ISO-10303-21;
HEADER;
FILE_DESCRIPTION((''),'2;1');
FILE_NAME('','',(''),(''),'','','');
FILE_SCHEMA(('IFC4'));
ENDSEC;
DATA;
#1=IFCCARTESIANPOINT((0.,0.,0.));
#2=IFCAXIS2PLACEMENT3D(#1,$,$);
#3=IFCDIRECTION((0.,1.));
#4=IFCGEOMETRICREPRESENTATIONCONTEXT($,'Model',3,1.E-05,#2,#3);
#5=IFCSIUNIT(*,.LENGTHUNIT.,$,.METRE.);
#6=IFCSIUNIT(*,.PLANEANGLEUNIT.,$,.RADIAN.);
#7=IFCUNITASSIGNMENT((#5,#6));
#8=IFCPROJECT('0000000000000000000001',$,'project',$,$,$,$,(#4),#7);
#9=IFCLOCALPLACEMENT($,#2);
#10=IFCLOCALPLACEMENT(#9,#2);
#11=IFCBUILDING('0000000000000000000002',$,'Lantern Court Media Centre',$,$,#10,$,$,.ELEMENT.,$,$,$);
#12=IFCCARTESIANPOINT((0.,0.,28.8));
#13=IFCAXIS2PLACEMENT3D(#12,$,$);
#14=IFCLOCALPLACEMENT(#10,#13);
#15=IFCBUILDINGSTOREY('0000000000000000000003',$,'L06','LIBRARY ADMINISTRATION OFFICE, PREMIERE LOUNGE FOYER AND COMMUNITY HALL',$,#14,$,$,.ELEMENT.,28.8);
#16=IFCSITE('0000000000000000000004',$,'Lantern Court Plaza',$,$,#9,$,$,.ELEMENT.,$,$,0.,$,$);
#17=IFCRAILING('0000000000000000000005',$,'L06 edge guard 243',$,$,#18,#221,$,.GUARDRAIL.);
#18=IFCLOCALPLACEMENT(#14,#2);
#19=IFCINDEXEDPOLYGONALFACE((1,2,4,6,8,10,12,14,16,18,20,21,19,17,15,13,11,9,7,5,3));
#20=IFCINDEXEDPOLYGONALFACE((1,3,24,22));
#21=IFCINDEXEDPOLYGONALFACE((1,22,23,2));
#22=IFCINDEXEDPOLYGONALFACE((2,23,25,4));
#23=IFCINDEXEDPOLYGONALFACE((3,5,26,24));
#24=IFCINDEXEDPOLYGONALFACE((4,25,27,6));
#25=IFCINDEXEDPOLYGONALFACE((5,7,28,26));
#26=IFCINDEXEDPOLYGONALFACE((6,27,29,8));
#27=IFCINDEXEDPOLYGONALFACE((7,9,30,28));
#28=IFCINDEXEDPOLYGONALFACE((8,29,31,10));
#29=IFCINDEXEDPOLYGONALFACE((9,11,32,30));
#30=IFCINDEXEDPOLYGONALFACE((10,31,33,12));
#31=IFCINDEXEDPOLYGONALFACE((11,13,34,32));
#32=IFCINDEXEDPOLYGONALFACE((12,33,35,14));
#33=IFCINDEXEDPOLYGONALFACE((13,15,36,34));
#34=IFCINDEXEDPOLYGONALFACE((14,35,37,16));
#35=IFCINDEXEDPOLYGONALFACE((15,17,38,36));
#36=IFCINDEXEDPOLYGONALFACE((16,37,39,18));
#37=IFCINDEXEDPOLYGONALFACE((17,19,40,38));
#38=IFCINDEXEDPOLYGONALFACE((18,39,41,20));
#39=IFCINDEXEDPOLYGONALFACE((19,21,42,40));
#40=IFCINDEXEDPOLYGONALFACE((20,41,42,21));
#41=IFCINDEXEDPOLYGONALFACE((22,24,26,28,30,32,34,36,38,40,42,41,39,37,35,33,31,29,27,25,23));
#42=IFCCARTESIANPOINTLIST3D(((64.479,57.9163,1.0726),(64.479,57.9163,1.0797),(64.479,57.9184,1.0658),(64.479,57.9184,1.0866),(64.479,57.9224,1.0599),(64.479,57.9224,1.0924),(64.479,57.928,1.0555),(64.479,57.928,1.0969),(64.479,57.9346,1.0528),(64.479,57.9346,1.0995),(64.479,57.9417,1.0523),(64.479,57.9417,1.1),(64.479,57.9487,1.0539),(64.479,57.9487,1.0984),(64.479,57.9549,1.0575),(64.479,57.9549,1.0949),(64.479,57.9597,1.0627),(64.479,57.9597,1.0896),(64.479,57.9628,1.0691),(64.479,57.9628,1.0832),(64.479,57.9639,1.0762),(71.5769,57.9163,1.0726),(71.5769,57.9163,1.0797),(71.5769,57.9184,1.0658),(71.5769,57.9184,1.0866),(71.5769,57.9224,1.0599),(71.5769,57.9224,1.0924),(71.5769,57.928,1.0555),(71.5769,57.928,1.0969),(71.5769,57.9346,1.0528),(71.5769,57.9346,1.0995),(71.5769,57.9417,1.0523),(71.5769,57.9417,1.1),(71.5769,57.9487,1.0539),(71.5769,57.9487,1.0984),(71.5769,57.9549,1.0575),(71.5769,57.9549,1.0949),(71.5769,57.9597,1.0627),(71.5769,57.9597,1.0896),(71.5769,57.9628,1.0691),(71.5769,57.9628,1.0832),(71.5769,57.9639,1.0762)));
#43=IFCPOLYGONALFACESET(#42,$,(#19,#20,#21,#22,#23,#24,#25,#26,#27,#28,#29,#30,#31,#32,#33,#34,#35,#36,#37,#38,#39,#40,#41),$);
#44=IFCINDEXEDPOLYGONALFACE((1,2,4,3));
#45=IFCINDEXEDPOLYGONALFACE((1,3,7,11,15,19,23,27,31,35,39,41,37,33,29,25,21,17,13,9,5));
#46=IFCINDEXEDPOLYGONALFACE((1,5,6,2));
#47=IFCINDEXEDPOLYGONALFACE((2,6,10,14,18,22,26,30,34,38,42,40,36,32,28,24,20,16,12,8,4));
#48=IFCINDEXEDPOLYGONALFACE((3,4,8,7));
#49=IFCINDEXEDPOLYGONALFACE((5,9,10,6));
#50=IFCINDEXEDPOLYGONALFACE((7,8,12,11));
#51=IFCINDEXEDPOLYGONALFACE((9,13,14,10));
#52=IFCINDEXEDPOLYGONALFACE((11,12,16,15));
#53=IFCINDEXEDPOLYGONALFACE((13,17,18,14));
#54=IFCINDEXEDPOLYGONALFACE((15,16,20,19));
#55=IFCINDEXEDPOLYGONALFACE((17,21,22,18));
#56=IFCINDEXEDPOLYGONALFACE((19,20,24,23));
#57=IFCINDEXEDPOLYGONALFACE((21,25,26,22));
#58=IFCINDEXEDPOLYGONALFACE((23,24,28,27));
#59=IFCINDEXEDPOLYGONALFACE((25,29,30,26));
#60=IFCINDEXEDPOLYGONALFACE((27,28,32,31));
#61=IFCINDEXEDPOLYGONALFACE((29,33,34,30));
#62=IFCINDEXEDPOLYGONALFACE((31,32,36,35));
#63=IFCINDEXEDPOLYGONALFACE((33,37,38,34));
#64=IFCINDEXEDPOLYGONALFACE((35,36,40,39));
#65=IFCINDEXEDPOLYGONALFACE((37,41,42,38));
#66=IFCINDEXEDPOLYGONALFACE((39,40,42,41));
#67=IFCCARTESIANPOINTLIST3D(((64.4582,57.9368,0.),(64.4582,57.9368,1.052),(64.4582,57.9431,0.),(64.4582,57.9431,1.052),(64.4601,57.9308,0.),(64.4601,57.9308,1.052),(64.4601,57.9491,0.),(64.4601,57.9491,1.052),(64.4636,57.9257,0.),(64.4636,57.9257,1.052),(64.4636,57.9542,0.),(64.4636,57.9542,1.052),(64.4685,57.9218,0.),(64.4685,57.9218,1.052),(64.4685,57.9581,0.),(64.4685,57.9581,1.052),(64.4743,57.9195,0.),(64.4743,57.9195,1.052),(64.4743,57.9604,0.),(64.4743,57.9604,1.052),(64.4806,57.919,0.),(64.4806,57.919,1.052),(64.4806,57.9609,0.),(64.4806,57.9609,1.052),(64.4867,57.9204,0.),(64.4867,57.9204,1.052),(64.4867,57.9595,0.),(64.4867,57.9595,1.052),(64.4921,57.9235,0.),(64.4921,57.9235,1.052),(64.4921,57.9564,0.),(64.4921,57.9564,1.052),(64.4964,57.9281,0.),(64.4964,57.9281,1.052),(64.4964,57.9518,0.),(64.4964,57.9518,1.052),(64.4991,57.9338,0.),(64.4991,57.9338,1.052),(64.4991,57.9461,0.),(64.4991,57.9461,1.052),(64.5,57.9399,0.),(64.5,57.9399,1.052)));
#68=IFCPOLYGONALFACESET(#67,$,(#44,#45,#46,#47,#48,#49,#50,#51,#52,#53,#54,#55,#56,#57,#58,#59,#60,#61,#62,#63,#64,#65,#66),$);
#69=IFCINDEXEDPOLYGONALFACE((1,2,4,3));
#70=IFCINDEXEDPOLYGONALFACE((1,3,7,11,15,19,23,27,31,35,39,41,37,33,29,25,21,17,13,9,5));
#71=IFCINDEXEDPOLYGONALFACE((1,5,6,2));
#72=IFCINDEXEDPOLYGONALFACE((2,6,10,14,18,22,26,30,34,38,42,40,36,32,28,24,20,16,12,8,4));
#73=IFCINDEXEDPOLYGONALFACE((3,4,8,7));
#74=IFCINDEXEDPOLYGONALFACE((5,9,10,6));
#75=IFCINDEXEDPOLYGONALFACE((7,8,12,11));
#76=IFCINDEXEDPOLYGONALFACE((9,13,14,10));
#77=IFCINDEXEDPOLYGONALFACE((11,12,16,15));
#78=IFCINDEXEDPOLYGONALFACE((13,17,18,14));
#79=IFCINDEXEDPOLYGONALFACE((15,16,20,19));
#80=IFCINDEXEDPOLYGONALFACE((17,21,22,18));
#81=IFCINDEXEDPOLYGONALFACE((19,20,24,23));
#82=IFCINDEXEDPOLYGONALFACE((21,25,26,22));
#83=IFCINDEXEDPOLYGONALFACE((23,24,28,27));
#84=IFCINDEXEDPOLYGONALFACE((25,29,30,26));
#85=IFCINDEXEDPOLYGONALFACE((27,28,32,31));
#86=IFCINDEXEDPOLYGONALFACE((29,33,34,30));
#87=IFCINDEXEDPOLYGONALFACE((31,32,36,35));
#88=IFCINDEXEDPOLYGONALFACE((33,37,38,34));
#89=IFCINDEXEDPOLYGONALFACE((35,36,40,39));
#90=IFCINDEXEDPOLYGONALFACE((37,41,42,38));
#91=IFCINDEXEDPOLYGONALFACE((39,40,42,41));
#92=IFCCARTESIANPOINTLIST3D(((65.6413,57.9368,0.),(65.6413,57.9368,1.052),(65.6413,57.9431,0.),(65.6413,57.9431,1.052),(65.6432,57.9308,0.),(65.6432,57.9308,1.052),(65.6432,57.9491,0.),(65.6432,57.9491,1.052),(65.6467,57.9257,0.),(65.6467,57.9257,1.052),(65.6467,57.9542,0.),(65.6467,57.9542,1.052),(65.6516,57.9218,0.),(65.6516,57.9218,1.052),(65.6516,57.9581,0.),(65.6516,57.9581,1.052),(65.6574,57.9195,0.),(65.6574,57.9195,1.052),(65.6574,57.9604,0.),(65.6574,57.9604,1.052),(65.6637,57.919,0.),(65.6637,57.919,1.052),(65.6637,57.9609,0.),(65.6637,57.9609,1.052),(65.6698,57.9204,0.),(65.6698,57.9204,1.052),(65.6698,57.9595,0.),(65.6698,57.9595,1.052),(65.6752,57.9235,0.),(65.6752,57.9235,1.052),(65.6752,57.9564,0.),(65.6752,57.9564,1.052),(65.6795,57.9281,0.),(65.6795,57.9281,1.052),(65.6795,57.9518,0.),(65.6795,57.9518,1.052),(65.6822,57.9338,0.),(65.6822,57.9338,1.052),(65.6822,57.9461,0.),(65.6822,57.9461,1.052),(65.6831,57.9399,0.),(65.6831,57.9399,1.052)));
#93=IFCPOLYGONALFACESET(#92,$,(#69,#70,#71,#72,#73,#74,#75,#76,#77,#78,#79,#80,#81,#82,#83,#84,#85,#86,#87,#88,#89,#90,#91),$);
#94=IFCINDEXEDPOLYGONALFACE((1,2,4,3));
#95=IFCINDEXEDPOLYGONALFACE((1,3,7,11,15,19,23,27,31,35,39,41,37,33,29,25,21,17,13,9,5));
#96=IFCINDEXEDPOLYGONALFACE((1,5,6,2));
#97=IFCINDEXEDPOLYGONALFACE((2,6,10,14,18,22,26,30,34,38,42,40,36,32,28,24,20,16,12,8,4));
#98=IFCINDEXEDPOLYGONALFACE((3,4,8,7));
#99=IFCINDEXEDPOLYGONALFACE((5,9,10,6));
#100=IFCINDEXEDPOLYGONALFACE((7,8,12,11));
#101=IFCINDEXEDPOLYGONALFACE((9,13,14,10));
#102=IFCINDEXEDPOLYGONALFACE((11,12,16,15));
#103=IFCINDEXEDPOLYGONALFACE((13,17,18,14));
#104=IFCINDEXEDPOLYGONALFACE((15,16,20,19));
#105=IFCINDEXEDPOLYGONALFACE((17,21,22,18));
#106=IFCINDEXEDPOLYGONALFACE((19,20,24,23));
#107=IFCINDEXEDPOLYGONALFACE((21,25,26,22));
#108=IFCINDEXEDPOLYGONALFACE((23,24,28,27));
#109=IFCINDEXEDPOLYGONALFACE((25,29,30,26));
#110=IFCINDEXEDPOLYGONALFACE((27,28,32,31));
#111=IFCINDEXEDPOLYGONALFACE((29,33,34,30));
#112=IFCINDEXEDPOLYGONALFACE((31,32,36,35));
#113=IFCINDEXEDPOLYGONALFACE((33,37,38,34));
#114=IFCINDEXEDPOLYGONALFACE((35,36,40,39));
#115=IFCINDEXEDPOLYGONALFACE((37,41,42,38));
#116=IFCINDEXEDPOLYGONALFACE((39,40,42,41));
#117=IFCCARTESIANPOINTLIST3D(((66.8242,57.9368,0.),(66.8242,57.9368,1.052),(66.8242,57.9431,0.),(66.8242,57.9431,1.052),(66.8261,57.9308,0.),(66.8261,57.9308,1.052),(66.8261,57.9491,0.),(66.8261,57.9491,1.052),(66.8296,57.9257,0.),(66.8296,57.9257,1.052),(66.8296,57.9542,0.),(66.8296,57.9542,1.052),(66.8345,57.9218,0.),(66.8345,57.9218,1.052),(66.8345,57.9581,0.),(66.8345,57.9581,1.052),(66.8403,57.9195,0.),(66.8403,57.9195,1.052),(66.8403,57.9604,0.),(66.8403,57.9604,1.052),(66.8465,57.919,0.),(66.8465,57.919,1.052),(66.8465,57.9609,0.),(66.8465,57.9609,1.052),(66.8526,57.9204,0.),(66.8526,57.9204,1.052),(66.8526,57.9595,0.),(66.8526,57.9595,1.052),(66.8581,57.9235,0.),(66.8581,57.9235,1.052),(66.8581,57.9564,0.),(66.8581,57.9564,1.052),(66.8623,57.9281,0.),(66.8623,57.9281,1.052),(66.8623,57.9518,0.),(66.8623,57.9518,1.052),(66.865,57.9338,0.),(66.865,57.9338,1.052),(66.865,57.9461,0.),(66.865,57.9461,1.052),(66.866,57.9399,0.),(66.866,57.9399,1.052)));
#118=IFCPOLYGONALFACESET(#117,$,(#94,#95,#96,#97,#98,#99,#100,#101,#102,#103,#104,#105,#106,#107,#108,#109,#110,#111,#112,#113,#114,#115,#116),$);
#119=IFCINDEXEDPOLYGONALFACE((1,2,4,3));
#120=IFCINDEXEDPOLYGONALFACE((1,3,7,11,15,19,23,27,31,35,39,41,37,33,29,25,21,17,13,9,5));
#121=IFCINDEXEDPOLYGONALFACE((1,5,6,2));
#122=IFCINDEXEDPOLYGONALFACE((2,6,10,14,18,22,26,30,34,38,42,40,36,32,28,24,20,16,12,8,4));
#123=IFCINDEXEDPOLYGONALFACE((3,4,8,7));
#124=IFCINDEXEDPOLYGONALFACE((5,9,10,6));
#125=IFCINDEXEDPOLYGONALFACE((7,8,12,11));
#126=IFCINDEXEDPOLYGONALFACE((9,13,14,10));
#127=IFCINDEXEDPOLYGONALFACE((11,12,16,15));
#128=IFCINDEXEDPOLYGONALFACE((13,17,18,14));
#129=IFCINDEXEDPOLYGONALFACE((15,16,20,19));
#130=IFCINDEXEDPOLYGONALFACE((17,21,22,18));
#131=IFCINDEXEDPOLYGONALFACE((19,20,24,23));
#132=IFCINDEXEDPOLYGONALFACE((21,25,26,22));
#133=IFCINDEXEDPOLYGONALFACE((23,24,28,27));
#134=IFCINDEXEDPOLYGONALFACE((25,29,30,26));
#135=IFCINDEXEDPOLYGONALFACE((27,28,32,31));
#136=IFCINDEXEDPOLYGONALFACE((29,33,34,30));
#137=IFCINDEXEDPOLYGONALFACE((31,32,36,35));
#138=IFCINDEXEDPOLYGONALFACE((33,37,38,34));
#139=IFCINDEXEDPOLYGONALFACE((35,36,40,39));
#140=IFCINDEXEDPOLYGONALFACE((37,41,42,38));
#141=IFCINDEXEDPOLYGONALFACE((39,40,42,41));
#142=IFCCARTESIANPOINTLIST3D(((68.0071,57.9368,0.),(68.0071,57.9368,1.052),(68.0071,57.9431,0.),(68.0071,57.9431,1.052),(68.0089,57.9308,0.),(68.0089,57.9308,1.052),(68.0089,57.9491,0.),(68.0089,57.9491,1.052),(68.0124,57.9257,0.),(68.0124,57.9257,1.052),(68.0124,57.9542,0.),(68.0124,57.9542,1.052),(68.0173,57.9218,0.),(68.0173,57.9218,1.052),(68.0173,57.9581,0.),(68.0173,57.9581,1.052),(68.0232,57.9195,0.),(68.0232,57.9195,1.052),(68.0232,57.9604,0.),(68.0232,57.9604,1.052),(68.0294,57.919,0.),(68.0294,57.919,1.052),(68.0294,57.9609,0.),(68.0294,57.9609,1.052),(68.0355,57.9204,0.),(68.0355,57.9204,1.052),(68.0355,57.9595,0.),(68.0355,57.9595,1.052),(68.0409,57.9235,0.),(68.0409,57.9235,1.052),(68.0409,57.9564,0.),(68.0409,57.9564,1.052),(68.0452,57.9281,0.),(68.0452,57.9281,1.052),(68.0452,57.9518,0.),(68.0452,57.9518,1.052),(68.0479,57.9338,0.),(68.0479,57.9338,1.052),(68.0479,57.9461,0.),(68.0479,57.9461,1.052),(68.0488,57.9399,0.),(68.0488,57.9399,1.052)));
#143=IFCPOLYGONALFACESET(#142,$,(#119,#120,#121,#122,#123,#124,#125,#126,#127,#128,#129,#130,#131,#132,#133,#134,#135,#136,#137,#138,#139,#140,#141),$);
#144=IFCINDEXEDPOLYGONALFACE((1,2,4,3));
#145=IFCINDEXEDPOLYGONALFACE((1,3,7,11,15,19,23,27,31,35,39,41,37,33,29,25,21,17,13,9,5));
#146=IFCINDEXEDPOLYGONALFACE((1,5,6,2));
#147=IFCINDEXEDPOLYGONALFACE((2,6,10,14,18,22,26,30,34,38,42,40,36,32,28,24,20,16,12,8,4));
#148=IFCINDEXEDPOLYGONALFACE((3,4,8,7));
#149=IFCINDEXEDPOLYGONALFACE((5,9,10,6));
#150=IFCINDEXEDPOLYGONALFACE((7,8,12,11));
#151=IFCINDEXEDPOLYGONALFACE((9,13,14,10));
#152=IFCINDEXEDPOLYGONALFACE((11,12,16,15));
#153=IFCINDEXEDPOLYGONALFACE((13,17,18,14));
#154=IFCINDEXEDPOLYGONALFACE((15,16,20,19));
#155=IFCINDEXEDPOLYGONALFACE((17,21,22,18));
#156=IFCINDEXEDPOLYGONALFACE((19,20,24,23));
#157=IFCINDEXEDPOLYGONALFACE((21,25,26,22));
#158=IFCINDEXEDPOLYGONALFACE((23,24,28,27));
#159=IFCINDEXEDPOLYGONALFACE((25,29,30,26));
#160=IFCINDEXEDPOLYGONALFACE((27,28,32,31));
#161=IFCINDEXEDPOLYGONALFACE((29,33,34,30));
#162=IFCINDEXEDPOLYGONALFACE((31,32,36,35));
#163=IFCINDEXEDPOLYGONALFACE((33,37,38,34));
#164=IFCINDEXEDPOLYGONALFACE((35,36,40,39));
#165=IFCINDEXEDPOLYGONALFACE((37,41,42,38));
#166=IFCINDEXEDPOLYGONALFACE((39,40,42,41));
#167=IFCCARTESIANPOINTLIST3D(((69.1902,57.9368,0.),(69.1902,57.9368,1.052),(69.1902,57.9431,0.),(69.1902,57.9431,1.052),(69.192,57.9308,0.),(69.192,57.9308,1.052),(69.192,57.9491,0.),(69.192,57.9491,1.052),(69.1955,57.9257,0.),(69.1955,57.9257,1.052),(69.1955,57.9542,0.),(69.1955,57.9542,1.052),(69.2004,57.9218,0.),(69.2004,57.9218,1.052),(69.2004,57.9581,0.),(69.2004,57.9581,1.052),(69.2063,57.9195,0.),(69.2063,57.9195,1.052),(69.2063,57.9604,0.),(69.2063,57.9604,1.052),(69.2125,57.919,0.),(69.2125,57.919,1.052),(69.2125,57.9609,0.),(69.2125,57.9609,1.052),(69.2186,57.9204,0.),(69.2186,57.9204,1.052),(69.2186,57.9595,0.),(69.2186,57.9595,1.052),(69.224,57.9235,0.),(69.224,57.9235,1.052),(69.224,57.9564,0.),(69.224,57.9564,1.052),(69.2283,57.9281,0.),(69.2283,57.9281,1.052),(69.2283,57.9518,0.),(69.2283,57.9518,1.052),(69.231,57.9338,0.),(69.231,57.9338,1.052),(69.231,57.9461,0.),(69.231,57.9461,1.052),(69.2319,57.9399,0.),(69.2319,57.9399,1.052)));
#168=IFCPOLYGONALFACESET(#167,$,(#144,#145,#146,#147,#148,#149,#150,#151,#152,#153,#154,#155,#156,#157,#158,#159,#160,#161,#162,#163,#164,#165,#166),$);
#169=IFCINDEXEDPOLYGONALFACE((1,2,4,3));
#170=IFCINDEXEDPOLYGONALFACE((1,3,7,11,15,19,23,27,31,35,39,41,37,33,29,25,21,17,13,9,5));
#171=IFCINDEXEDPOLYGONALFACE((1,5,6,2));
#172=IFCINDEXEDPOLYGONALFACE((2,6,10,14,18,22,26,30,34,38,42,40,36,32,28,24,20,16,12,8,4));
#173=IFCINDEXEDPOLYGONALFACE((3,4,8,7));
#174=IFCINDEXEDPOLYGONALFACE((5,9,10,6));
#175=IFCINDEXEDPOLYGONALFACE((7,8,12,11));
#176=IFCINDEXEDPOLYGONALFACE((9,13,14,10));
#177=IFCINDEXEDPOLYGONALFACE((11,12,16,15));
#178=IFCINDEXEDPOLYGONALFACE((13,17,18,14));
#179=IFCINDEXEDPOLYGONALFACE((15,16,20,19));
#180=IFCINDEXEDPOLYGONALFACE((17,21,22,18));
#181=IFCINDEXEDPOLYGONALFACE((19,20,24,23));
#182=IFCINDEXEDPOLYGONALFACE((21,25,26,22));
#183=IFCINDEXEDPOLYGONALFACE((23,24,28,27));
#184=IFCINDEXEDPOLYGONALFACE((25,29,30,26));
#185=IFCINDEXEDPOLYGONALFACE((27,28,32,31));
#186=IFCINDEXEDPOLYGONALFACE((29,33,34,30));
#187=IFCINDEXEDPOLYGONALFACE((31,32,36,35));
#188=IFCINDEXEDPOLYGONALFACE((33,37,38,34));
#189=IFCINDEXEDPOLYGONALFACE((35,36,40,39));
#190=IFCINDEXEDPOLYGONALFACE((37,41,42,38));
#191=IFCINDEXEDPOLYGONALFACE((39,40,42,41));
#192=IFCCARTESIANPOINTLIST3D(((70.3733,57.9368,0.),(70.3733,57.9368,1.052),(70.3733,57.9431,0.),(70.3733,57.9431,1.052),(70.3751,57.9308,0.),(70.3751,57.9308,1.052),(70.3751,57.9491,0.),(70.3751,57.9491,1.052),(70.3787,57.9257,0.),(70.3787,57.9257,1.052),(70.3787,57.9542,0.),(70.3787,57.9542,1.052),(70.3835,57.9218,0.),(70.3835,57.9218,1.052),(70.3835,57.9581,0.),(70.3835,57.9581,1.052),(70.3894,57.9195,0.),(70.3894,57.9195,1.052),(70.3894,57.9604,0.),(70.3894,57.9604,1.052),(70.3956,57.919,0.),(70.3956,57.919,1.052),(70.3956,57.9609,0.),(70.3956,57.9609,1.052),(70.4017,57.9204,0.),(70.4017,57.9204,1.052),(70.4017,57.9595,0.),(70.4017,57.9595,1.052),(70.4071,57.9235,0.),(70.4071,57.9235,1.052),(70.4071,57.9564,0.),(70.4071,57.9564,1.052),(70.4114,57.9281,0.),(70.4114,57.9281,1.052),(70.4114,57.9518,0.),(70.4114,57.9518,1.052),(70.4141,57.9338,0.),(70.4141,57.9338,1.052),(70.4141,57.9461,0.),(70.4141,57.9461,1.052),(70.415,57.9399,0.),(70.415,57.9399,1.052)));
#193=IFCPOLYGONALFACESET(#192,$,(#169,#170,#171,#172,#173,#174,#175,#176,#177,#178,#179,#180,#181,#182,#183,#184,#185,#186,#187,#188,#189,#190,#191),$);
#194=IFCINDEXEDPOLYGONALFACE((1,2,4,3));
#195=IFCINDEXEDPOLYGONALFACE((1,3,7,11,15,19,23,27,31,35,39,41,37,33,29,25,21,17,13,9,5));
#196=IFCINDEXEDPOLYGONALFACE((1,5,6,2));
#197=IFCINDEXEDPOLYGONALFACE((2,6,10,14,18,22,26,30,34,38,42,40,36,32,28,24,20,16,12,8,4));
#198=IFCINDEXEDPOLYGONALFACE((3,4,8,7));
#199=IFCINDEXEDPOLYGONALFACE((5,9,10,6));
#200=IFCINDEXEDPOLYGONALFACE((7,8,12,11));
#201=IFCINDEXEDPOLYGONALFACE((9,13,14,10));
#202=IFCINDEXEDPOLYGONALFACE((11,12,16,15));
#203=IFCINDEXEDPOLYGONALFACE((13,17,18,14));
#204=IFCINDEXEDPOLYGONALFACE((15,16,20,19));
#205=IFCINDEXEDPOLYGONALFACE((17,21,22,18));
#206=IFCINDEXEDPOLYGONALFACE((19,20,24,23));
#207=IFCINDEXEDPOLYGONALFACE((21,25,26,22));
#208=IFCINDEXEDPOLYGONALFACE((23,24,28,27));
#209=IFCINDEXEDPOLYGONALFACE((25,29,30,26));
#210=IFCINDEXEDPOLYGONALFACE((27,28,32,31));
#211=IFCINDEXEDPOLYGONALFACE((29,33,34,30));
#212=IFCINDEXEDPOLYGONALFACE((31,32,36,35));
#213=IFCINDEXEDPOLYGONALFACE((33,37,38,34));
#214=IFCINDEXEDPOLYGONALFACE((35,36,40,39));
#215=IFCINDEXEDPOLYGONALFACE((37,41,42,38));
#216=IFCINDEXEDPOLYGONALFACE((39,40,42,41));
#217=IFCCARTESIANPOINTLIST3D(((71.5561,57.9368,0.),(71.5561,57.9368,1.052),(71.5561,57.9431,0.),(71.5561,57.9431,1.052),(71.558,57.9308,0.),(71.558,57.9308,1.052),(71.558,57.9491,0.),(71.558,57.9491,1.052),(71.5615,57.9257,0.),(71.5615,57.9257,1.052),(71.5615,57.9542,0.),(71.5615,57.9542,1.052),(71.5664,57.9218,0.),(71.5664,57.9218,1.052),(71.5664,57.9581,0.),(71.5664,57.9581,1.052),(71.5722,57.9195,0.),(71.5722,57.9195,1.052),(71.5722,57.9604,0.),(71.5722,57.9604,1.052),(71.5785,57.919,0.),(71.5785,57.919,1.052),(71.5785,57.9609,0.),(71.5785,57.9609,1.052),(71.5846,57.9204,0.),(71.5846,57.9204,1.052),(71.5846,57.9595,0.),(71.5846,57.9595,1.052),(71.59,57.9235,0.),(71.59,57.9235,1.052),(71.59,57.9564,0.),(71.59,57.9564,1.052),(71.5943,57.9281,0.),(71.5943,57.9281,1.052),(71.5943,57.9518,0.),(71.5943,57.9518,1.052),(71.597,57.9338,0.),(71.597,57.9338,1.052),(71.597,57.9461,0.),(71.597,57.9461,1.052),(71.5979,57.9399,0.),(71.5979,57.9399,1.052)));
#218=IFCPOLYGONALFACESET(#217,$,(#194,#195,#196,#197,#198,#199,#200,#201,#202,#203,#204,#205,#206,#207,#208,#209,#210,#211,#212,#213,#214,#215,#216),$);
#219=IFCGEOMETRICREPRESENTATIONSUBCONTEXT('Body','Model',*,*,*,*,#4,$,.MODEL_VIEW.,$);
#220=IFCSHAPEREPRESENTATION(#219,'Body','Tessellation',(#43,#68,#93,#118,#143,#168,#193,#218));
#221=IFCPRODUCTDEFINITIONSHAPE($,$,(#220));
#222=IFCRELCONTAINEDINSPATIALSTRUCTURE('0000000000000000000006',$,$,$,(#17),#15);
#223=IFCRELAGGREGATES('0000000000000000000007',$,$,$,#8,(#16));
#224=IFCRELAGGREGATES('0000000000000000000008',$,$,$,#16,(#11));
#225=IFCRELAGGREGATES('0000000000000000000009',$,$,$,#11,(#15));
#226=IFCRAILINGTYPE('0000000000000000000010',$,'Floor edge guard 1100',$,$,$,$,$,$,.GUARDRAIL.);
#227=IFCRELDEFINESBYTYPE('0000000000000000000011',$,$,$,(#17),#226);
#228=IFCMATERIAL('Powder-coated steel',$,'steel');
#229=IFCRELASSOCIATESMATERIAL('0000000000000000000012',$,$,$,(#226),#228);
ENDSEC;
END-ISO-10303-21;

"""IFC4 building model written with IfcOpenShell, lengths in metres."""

from ifc_helpers import new_model, si_unit, direction, frame, origin, origin_2d, place, context, subcontext, project, spatial, circle, extrude, material, type_object, element, save


model = new_model("IFC4")

# Units and contexts
model_context = context("Model", 3, precision=1e-05, world=origin(), true_north=direction((0.0, 1.0)))
body_context = subcontext(model_context, "Body", "Model", "MODEL_VIEW")
ifc_project = project(units=[si_unit("LENGTHUNIT", "METRE"), si_unit("PLANEANGLEUNIT", "RADIAN")], contexts=[model_context])

# Site, building, storey
site_placement = place(None, origin())
site = spatial("IfcSite", under=ifc_project, at=site_placement, Name="Lantern Court Plaza", CompositionType="ELEMENT", RefElevation=0.0)
building_placement = place(site_placement, origin())
building = spatial("IfcBuilding", under=site, at=building_placement, Name="Lantern Court Media Centre", CompositionType="ELEMENT")
storey_placement = place(building_placement, frame((0.0, 0.0, 28.8)))
storey = spatial("IfcBuildingStorey", under=building, at=storey_placement, Name="L06", Description="LIBRARY ADMINISTRATION OFFICE, PREMIERE LOUNGE FOYER AND COMMUNITY HALL", CompositionType="ELEMENT", Elevation=28.8)

# Railing
ifc_material_1 = material(Name="Powder-coated steel", Category="steel")
railing_type = type_object("IfcRailingType", Name="Floor edge guard 1100", PredefinedType="GUARDRAIL", material=ifc_material_1)
railing_placement = place(storey_placement, frame((64.479, 57.9399, 0.0)))
element("IfcRailing", 1, at=railing_placement, inside=storey, type_object=railing_type, Name="L06 edge guard 243", PredefinedType="GUARDRAIL", context=body_context, shape_type="SweptSolid", body=[
    extrude(circle(Radius=0.0239, at=origin_2d()), frame((0.0, 0.0, 1.0762), z_axis=(1.0, 0.0, 0.0), x_axis=(0.0, 1.0, 0.0)), (0.0, 0.0, 1.0), 7.0979),
    extrude(circle(Radius=0.021, at=origin_2d()), origin(), (0.0, 0.0, 1.0), 1.052),
    extrude(circle(Radius=0.021, at=origin_2d()), frame((1.1831, 0.0, 0.0)), (0.0, 0.0, 1.0), 1.052),
    extrude(circle(Radius=0.021, at=origin_2d()), frame((2.366, 0.0, 0.0)), (0.0, 0.0, 1.0), 1.052),
    extrude(circle(Radius=0.021, at=origin_2d()), frame((3.5488, 0.0, 0.0)), (0.0, 0.0, 1.0), 1.052),
    extrude(circle(Radius=0.021, at=origin_2d()), frame((4.7319, 0.0, 0.0)), (0.0, 0.0, 1.0), 1.052),
    extrude(circle(Radius=0.021, at=origin_2d()), frame((5.915, 0.0, 0.0)), (0.0, 0.0, 1.0), 1.052),
    extrude(circle(Radius=0.021, at=origin_2d()), frame((7.0979, 0.0, 0.0)), (0.0, 0.0, 1.0), 1.052),
])

save(model, "model.ifc")
